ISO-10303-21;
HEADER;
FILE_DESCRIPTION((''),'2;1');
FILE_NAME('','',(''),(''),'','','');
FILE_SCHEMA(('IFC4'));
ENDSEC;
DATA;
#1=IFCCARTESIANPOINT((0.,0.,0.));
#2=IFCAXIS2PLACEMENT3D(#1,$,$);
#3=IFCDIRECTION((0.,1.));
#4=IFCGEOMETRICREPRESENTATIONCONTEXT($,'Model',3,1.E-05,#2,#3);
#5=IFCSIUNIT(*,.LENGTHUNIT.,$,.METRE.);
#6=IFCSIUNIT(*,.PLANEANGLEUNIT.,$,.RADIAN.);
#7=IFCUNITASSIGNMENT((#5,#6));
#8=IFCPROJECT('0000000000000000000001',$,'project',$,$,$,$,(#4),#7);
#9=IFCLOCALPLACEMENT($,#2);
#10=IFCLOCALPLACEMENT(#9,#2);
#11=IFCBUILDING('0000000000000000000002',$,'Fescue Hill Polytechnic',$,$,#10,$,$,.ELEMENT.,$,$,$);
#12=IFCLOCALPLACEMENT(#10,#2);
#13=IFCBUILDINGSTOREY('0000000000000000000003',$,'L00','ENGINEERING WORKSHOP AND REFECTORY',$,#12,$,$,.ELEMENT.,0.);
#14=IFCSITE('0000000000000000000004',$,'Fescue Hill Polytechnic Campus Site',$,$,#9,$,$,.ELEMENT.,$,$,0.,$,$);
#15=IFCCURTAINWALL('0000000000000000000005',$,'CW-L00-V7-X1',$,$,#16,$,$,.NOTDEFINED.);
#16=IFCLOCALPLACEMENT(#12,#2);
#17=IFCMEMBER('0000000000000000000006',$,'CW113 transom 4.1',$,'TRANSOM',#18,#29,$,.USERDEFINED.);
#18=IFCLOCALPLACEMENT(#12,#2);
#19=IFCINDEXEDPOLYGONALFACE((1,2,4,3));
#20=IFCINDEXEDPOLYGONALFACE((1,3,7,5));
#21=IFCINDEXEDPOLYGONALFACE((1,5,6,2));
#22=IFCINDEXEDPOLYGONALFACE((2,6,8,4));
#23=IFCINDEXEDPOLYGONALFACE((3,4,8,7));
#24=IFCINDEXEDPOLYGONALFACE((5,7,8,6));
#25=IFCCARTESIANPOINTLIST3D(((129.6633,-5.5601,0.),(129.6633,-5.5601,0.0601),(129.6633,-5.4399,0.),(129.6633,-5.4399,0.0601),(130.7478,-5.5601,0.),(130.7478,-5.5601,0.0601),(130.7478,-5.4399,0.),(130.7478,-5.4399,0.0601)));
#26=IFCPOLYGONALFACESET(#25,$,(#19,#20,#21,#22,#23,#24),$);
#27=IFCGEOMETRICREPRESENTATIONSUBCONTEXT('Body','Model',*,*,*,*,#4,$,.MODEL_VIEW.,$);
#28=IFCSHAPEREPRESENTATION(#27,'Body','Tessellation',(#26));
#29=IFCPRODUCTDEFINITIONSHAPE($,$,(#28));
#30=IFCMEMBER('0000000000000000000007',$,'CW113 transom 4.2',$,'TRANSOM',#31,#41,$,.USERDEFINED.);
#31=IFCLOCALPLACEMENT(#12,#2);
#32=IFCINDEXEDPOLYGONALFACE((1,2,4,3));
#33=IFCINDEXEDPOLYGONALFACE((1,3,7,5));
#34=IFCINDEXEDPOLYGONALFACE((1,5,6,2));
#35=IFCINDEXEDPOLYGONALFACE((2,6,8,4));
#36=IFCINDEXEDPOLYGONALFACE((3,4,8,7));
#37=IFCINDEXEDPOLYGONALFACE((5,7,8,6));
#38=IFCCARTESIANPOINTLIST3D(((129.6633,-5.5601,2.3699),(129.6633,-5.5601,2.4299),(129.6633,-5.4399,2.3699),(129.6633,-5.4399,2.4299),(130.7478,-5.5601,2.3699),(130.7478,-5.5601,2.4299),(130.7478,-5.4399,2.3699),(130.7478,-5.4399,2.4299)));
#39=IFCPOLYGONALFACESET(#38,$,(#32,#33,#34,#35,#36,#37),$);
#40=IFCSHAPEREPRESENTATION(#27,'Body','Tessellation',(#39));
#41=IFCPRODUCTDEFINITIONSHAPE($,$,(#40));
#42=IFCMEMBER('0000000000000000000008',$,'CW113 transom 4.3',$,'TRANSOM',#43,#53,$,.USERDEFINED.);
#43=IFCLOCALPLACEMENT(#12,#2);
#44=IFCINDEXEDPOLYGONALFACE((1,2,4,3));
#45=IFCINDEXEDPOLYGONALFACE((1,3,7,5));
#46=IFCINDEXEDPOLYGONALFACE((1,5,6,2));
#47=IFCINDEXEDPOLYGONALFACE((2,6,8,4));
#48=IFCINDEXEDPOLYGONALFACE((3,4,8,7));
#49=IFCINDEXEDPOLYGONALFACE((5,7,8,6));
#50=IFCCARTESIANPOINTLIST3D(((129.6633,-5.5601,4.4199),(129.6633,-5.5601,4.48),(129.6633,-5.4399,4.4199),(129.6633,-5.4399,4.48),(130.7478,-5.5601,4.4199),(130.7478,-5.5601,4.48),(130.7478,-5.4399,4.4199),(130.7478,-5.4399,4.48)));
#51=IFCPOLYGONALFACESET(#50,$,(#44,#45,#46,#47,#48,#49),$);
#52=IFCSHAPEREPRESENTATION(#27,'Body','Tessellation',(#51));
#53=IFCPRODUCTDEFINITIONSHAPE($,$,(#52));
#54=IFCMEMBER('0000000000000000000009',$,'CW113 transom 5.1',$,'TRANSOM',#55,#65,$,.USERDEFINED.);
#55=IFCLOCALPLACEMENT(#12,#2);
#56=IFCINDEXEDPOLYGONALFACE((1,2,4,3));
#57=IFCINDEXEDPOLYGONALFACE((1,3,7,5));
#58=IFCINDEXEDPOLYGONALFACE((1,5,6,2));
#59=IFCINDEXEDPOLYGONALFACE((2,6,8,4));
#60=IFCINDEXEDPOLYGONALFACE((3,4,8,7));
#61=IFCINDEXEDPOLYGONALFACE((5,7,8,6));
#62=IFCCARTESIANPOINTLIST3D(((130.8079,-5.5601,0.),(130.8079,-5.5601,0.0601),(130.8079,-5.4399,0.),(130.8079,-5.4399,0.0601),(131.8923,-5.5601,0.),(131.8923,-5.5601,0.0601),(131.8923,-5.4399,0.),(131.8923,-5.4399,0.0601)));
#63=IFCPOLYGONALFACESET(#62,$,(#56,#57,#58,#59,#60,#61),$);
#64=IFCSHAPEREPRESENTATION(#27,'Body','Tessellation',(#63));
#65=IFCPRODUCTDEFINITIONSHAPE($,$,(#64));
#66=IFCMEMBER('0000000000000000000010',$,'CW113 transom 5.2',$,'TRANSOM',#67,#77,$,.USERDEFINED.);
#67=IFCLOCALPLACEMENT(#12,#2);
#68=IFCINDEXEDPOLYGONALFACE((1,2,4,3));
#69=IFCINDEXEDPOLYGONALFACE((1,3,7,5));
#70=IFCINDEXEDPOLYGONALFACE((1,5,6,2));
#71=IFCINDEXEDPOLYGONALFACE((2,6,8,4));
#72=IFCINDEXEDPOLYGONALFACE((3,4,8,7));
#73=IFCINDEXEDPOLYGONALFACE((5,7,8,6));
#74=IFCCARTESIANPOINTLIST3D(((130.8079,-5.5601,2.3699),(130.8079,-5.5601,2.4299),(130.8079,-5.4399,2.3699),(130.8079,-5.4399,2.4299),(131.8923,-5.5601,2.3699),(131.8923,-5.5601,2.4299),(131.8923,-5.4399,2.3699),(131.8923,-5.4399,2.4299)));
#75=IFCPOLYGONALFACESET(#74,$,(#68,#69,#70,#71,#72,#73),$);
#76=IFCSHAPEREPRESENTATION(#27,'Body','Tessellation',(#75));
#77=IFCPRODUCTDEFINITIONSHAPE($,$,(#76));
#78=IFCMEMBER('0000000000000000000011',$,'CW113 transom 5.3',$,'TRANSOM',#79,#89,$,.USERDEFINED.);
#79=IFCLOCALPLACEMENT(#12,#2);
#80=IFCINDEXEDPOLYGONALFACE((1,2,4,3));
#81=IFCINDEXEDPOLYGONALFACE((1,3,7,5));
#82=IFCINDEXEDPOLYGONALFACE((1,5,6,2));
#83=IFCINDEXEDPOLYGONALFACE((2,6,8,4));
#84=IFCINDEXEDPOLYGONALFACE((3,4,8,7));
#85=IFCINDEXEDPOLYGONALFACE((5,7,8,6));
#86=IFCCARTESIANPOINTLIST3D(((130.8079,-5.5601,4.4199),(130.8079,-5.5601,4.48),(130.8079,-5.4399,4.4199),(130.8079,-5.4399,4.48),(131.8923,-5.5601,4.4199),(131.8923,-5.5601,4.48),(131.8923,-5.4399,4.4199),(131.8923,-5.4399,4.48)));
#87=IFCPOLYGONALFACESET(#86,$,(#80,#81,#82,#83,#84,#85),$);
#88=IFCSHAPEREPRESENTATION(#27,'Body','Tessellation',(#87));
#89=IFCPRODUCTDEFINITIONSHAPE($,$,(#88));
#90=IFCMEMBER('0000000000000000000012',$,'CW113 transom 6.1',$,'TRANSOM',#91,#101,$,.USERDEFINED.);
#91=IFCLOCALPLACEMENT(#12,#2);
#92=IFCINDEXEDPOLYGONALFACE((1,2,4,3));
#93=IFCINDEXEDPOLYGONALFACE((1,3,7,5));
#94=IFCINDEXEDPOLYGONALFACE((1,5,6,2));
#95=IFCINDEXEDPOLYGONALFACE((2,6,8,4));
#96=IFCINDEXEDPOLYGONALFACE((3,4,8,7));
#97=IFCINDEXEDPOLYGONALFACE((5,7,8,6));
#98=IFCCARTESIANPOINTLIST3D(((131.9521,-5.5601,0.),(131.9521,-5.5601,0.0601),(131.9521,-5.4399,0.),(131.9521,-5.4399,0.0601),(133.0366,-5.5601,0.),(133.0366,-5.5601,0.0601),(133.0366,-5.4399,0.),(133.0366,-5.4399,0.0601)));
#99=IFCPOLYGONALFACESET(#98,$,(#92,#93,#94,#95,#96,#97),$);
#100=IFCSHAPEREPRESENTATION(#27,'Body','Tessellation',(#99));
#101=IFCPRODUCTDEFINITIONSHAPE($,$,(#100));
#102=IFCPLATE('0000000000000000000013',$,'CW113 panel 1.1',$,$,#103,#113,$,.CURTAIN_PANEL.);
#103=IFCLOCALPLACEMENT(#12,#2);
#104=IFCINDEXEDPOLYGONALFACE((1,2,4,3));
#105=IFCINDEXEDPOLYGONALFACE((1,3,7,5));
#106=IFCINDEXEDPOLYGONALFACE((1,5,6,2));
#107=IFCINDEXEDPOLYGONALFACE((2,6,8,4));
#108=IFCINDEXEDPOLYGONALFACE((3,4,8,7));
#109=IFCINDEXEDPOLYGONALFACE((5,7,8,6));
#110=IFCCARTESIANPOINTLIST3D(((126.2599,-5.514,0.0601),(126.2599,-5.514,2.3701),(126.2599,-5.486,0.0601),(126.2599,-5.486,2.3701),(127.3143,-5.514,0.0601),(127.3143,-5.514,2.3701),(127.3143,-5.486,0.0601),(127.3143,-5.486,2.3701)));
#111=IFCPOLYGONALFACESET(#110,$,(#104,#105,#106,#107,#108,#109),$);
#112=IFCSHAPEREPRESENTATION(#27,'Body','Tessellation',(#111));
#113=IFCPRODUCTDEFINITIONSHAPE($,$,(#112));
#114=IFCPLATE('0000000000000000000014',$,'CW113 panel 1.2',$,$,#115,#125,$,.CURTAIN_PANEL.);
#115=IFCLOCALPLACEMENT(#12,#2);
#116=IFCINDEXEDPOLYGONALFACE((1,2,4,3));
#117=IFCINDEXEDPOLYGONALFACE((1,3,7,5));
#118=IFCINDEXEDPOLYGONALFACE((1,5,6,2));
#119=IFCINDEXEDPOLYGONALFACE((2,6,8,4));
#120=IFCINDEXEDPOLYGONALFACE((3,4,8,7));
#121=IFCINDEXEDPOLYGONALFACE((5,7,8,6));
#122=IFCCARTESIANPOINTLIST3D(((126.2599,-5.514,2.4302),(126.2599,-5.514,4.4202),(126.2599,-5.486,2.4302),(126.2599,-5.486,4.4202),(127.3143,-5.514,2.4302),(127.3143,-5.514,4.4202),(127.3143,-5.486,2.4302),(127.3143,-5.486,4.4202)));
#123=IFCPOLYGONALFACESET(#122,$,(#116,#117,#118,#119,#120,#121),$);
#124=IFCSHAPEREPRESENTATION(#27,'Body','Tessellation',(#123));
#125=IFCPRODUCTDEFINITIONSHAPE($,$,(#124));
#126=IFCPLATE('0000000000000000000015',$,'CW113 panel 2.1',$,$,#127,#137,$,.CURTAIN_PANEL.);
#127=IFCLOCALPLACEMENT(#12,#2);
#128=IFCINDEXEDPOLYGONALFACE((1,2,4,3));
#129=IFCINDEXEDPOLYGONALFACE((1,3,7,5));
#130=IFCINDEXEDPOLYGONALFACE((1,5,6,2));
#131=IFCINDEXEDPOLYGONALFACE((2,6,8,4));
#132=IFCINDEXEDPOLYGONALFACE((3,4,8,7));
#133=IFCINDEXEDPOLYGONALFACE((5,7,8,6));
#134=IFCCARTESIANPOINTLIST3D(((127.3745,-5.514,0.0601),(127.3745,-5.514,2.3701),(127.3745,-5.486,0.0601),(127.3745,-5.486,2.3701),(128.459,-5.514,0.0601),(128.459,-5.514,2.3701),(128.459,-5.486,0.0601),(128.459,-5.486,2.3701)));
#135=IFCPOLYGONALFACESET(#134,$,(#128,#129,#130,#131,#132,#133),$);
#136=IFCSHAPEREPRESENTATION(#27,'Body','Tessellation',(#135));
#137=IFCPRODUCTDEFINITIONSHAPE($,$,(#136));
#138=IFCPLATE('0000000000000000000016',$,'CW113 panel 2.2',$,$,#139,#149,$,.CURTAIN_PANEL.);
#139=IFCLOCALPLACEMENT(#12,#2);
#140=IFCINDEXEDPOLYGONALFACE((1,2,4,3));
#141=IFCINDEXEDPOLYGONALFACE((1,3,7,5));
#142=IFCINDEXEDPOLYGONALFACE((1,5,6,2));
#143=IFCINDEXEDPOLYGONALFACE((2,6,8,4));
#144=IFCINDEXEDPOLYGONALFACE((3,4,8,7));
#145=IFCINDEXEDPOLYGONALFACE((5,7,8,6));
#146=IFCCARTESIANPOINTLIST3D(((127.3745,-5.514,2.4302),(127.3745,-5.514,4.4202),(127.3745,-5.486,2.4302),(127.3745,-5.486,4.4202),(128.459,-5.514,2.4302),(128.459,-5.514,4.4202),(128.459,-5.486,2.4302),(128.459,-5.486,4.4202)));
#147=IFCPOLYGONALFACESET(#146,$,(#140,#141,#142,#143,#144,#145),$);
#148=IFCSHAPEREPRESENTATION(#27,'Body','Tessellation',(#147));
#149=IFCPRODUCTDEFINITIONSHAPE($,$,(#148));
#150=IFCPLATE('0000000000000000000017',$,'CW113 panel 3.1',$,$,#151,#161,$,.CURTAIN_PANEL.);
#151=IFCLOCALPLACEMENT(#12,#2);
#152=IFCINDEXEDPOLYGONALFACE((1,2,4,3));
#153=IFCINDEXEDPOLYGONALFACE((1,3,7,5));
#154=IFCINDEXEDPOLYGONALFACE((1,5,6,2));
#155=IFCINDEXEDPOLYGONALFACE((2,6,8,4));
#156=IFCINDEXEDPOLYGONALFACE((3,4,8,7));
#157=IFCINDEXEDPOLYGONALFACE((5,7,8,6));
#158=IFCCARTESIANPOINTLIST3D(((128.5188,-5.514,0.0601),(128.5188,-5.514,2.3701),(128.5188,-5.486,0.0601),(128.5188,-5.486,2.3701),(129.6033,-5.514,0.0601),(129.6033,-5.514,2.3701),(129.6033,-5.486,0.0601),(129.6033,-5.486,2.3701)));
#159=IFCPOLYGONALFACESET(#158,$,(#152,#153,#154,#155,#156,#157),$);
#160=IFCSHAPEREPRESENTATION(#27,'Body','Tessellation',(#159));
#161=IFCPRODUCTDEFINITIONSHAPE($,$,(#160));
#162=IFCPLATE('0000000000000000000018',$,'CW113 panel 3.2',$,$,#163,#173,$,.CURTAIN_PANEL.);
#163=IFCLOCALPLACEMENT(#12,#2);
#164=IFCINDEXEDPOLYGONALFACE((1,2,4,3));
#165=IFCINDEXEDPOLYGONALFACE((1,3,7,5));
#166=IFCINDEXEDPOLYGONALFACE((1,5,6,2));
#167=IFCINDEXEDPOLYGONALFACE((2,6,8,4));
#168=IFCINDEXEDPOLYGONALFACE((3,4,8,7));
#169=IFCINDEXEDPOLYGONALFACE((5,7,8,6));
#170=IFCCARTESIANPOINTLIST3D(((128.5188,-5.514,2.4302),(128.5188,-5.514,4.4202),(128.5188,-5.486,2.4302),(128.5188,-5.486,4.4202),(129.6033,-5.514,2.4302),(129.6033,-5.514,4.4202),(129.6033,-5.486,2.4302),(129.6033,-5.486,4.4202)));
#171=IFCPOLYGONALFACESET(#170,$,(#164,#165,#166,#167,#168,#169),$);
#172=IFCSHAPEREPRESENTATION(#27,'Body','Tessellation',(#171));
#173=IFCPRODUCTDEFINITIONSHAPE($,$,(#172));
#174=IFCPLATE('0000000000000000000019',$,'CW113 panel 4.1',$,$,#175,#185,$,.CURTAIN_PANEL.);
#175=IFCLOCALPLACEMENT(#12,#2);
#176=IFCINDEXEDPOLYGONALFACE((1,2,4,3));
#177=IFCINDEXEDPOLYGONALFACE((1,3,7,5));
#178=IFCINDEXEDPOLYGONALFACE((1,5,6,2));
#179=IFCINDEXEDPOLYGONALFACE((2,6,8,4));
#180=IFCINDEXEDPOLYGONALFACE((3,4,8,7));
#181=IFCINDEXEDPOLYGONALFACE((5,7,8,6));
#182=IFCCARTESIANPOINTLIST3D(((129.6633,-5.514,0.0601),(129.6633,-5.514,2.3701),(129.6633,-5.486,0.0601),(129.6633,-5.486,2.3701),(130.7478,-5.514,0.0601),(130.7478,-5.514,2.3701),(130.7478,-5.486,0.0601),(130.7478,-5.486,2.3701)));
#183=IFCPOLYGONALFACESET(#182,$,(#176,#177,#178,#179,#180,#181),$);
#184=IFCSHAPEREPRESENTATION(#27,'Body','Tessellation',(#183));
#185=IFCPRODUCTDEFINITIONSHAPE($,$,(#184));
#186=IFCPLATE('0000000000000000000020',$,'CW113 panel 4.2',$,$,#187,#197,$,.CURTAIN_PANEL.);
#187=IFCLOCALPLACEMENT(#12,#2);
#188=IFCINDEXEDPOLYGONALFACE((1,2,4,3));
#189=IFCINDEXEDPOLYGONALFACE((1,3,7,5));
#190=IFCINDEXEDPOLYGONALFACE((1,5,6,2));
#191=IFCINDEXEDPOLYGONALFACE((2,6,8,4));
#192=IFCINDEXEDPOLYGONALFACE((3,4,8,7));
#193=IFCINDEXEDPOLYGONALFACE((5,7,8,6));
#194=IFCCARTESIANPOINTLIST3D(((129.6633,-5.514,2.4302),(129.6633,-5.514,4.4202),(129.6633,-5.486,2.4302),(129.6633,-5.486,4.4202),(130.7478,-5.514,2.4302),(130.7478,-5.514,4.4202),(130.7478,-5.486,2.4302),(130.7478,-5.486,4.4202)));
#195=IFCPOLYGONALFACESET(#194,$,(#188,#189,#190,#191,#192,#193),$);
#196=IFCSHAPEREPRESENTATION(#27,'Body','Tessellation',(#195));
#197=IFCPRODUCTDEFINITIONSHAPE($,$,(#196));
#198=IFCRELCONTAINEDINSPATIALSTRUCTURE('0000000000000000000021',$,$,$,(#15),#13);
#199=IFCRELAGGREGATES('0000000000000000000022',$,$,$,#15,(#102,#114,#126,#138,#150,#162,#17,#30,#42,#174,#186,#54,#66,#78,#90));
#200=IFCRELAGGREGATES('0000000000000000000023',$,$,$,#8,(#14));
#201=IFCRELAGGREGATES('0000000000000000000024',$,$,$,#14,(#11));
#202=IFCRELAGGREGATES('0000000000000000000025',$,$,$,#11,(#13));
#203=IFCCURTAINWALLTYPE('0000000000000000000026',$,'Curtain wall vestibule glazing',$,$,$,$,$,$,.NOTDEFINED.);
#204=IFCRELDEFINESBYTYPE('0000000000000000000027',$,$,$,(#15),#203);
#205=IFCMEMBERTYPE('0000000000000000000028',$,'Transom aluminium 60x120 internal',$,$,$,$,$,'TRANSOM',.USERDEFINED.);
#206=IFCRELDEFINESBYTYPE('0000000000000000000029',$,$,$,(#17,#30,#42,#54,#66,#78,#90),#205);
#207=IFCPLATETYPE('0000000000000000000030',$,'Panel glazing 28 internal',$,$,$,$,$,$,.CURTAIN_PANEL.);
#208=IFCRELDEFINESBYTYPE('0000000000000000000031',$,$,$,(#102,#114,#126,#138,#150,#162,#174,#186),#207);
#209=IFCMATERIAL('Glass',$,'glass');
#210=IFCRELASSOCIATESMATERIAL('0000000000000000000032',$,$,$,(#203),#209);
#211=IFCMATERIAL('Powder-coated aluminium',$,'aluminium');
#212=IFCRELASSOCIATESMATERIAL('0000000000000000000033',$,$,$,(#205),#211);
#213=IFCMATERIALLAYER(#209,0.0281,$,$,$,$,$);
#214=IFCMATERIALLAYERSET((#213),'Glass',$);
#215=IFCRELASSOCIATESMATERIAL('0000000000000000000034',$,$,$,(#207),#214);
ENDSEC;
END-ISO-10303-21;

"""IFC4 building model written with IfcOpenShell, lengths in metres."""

from ifc_helpers import new_model, si_unit, direction, frame, origin, origin_2d, place, context, subcontext, project, spatial, rectangle, extrude, material, layer, layer_set, material_profile, profile_set, type_object, element, aggregate, save


model = new_model("IFC4")

# Units and contexts
model_context = context("Model", 3, precision=1e-05, world=origin(), true_north=direction((0.0, 1.0)))
body_context = subcontext(model_context, "Body", "Model", "MODEL_VIEW")
ifc_project = project(units=[si_unit("LENGTHUNIT", "METRE"), si_unit("PLANEANGLEUNIT", "RADIAN")], contexts=[model_context])

# Site, building, storey
site_placement = place(None, origin())
site = spatial("IfcSite", under=ifc_project, at=site_placement, Name="Fescue Hill Polytechnic Campus Site", CompositionType="ELEMENT", RefElevation=0.0)
building_placement = place(site_placement, origin())
building = spatial("IfcBuilding", under=site, at=building_placement, Name="Fescue Hill Polytechnic", CompositionType="ELEMENT")
storey_placement = place(building_placement, origin())
storey = spatial("IfcBuildingStorey", under=building, at=storey_placement, Name="L00", Description="ENGINEERING WORKSHOP AND REFECTORY", CompositionType="ELEMENT", Elevation=0.0)

# Curtain wall, members, plates
ifc_material_1 = material(Name="Glass", Category="glass")
curtain_wall_type = type_object("IfcCurtainWallType", Name="Curtain wall vestibule glazing", PredefinedType="NOTDEFINED", material=ifc_material_1)
curtain_wall_placement = place(storey_placement, origin())
curtain_wall = element("IfcCurtainWall", 1, at=curtain_wall_placement, inside=storey, type_object=curtain_wall_type, Name="CW-L00-V7-X1", PredefinedType="NOTDEFINED")
ifc_material_2 = material(Name="Powder-coated aluminium", Category="aluminium")
ifc_material_profile_1 = material_profile(ifc_material_2, rectangle(XDim=0.1201, YDim=0.0601, at=origin_2d()), Name="Transom aluminium 60x120 internal")
ifc_profile_set_1 = profile_set([ifc_material_profile_1], Name="Powder-coated aluminium")
member_type_1 = type_object("IfcMemberType", Name="Transom aluminium 60x120 internal", ElementType="TRANSOM", PredefinedType="USERDEFINED", material=ifc_profile_set_1)
member_1_placement = place(storey_placement, frame((129.6633, -5.5, 0.03), z_axis=(1.0, 0.0, 0.0), x_axis=(0.0, 1.0, 0.0)))
member_1 = element("IfcMember", 2, at=member_1_placement, type_object=member_type_1, Name="CW113 transom 4.1", ObjectType="TRANSOM", PredefinedType="USERDEFINED", context=body_context, shape_type="SweptSolid", body=[
    extrude(rectangle(XDim=0.1201, YDim=0.0601, at=origin_2d()), origin(), (0.0, 0.0, 1.0), 1.0845),
])
member_2_placement = place(storey_placement, frame((129.6633, -5.5, 2.3999), z_axis=(1.0, 0.0, 0.0), x_axis=(0.0, 1.0, 0.0)))
member_2 = element("IfcMember", 3, at=member_2_placement, type_object=member_type_1, Name="CW113 transom 4.2", ObjectType="TRANSOM", PredefinedType="USERDEFINED", context=body_context, shape_type="SweptSolid", body=[
    extrude(rectangle(XDim=0.1201, YDim=0.0601, at=origin_2d()), origin(), (0.0, 0.0, 1.0), 1.0845),
])
member_3_placement = place(storey_placement, frame((129.6633, -5.5, 4.45), z_axis=(1.0, 0.0, 0.0), x_axis=(0.0, 1.0, 0.0)))
member_3 = element("IfcMember", 4, at=member_3_placement, type_object=member_type_1, Name="CW113 transom 4.3", ObjectType="TRANSOM", PredefinedType="USERDEFINED", context=body_context, shape_type="SweptSolid", body=[
    extrude(rectangle(XDim=0.1201, YDim=0.0601, at=origin_2d()), origin(), (0.0, 0.0, 1.0), 1.0845),
])
member_4_placement = place(storey_placement, frame((130.8079, -5.5, 0.03), z_axis=(1.0, 0.0, 0.0), x_axis=(0.0, 1.0, 0.0)))
member_4 = element("IfcMember", 5, at=member_4_placement, type_object=member_type_1, Name="CW113 transom 5.1", ObjectType="TRANSOM", PredefinedType="USERDEFINED", context=body_context, shape_type="SweptSolid", body=[
    extrude(rectangle(XDim=0.1201, YDim=0.0601, at=origin_2d()), origin(), (0.0, 0.0, 1.0), 1.0845),
])
member_5_placement = place(storey_placement, frame((130.8079, -5.5, 2.3999), z_axis=(1.0, 0.0, 0.0), x_axis=(0.0, 1.0, 0.0)))
member_5 = element("IfcMember", 6, at=member_5_placement, type_object=member_type_1, Name="CW113 transom 5.2", ObjectType="TRANSOM", PredefinedType="USERDEFINED", context=body_context, shape_type="SweptSolid", body=[
    extrude(rectangle(XDim=0.1201, YDim=0.0601, at=origin_2d()), origin(), (0.0, 0.0, 1.0), 1.0845),
])
member_6_placement = place(storey_placement, frame((130.8079, -5.5, 4.45), z_axis=(1.0, 0.0, 0.0), x_axis=(0.0, 1.0, 0.0)))
member_6 = element("IfcMember", 7, at=member_6_placement, type_object=member_type_1, Name="CW113 transom 5.3", ObjectType="TRANSOM", PredefinedType="USERDEFINED", context=body_context, shape_type="SweptSolid", body=[
    extrude(rectangle(XDim=0.1201, YDim=0.0601, at=origin_2d()), origin(), (0.0, 0.0, 1.0), 1.0845),
])
member_7_placement = place(storey_placement, frame((131.9521, -5.5, 0.03), z_axis=(1.0, 0.0, 0.0), x_axis=(0.0, 1.0, 0.0)))
member_7 = element("IfcMember", 8, at=member_7_placement, type_object=member_type_1, Name="CW113 transom 6.1", ObjectType="TRANSOM", PredefinedType="USERDEFINED", context=body_context, shape_type="SweptSolid", body=[
    extrude(rectangle(XDim=0.1201, YDim=0.0601, at=origin_2d()), origin(), (0.0, 0.0, 1.0), 1.0845),
])
ifc_layer_1 = layer(ifc_material_1, 0.0281)
ifc_layer_set_1 = layer_set([ifc_layer_1], Name="Glass")
plate_type = type_object("IfcPlateType", Name="Panel glazing 28 internal", PredefinedType="CURTAIN_PANEL", material=ifc_layer_set_1)
plate_1_placement = place(storey_placement, frame((126.7871, -5.5, 0.0601), z_axis=(0.0, 0.0, 1.0), x_axis=(1.0, 0.0, 0.0)))
plate_1 = element("IfcPlate", 9, at=plate_1_placement, type_object=plate_type, Name="CW113 panel 1.1", PredefinedType="CURTAIN_PANEL", context=body_context, shape_type="SweptSolid", body=[
    extrude(rectangle(XDim=1.0544, YDim=0.0281, at=origin_2d()), origin(), (0.0, 0.0, 1.0), 2.3101),
])
plate_2_placement = place(storey_placement, frame((126.7871, -5.5, 2.4302), z_axis=(0.0, 0.0, 1.0), x_axis=(1.0, 0.0, 0.0)))
plate_2 = element("IfcPlate", 10, at=plate_2_placement, type_object=plate_type, Name="CW113 panel 1.2", PredefinedType="CURTAIN_PANEL", context=body_context, shape_type="SweptSolid", body=[
    extrude(rectangle(XDim=1.0544, YDim=0.0281, at=origin_2d()), origin(), (0.0, 0.0, 1.0), 1.99),
])
plate_3_placement = place(storey_placement, frame((127.9167, -5.5, 0.0601), z_axis=(0.0, 0.0, 1.0), x_axis=(1.0, 0.0, 0.0)))
plate_3 = element("IfcPlate", 11, at=plate_3_placement, type_object=plate_type, Name="CW113 panel 2.1", PredefinedType="CURTAIN_PANEL", context=body_context, shape_type="SweptSolid", body=[
    extrude(rectangle(XDim=1.0845, YDim=0.0281, at=origin_2d()), origin(), (0.0, 0.0, 1.0), 2.3101),
])
plate_4_placement = place(storey_placement, frame((127.9167, -5.5, 2.4302), z_axis=(0.0, 0.0, 1.0), x_axis=(1.0, 0.0, 0.0)))
plate_4 = element("IfcPlate", 12, at=plate_4_placement, type_object=plate_type, Name="CW113 panel 2.2", PredefinedType="CURTAIN_PANEL", context=body_context, shape_type="SweptSolid", body=[
    extrude(rectangle(XDim=1.0845, YDim=0.0281, at=origin_2d()), origin(), (0.0, 0.0, 1.0), 1.99),
])
plate_5_placement = place(storey_placement, frame((129.061, -5.5, 0.0601), z_axis=(0.0, 0.0, 1.0), x_axis=(1.0, 0.0, 0.0)))
plate_5 = element("IfcPlate", 13, at=plate_5_placement, type_object=plate_type, Name="CW113 panel 3.1", PredefinedType="CURTAIN_PANEL", context=body_context, shape_type="SweptSolid", body=[
    extrude(rectangle(XDim=1.0845, YDim=0.0281, at=origin_2d()), origin(), (0.0, 0.0, 1.0), 2.3101),
])
plate_6_placement = place(storey_placement, frame((129.061, -5.5, 2.4302), z_axis=(0.0, 0.0, 1.0), x_axis=(1.0, 0.0, 0.0)))
plate_6 = element("IfcPlate", 14, at=plate_6_placement, type_object=plate_type, Name="CW113 panel 3.2", PredefinedType="CURTAIN_PANEL", context=body_context, shape_type="SweptSolid", body=[
    extrude(rectangle(XDim=1.0845, YDim=0.0281, at=origin_2d()), origin(), (0.0, 0.0, 1.0), 1.99),
])
plate_7_placement = place(storey_placement, frame((130.2056, -5.5, 0.0601), z_axis=(0.0, 0.0, 1.0), x_axis=(1.0, 0.0, 0.0)))
plate_7 = element("IfcPlate", 15, at=plate_7_placement, type_object=plate_type, Name="CW113 panel 4.1", PredefinedType="CURTAIN_PANEL", context=body_context, shape_type="SweptSolid", body=[
    extrude(rectangle(XDim=1.0845, YDim=0.0281, at=origin_2d()), origin(), (0.0, 0.0, 1.0), 2.3101),
])
plate_8_placement = place(storey_placement, frame((130.2056, -5.5, 2.4302), z_axis=(0.0, 0.0, 1.0), x_axis=(1.0, 0.0, 0.0)))
plate_8 = element("IfcPlate", 16, at=plate_8_placement, type_object=plate_type, Name="CW113 panel 4.2", PredefinedType="CURTAIN_PANEL", context=body_context, shape_type="SweptSolid", body=[
    extrude(rectangle(XDim=1.0845, YDim=0.0281, at=origin_2d()), origin(), (0.0, 0.0, 1.0), 1.99),
])
aggregate(curtain_wall, [plate_1, plate_2, plate_3, plate_4, plate_5, plate_6, member_1, member_2, member_3, plate_7, plate_8, member_4, member_5, member_6, member_7])

save(model, "model.ifc")
